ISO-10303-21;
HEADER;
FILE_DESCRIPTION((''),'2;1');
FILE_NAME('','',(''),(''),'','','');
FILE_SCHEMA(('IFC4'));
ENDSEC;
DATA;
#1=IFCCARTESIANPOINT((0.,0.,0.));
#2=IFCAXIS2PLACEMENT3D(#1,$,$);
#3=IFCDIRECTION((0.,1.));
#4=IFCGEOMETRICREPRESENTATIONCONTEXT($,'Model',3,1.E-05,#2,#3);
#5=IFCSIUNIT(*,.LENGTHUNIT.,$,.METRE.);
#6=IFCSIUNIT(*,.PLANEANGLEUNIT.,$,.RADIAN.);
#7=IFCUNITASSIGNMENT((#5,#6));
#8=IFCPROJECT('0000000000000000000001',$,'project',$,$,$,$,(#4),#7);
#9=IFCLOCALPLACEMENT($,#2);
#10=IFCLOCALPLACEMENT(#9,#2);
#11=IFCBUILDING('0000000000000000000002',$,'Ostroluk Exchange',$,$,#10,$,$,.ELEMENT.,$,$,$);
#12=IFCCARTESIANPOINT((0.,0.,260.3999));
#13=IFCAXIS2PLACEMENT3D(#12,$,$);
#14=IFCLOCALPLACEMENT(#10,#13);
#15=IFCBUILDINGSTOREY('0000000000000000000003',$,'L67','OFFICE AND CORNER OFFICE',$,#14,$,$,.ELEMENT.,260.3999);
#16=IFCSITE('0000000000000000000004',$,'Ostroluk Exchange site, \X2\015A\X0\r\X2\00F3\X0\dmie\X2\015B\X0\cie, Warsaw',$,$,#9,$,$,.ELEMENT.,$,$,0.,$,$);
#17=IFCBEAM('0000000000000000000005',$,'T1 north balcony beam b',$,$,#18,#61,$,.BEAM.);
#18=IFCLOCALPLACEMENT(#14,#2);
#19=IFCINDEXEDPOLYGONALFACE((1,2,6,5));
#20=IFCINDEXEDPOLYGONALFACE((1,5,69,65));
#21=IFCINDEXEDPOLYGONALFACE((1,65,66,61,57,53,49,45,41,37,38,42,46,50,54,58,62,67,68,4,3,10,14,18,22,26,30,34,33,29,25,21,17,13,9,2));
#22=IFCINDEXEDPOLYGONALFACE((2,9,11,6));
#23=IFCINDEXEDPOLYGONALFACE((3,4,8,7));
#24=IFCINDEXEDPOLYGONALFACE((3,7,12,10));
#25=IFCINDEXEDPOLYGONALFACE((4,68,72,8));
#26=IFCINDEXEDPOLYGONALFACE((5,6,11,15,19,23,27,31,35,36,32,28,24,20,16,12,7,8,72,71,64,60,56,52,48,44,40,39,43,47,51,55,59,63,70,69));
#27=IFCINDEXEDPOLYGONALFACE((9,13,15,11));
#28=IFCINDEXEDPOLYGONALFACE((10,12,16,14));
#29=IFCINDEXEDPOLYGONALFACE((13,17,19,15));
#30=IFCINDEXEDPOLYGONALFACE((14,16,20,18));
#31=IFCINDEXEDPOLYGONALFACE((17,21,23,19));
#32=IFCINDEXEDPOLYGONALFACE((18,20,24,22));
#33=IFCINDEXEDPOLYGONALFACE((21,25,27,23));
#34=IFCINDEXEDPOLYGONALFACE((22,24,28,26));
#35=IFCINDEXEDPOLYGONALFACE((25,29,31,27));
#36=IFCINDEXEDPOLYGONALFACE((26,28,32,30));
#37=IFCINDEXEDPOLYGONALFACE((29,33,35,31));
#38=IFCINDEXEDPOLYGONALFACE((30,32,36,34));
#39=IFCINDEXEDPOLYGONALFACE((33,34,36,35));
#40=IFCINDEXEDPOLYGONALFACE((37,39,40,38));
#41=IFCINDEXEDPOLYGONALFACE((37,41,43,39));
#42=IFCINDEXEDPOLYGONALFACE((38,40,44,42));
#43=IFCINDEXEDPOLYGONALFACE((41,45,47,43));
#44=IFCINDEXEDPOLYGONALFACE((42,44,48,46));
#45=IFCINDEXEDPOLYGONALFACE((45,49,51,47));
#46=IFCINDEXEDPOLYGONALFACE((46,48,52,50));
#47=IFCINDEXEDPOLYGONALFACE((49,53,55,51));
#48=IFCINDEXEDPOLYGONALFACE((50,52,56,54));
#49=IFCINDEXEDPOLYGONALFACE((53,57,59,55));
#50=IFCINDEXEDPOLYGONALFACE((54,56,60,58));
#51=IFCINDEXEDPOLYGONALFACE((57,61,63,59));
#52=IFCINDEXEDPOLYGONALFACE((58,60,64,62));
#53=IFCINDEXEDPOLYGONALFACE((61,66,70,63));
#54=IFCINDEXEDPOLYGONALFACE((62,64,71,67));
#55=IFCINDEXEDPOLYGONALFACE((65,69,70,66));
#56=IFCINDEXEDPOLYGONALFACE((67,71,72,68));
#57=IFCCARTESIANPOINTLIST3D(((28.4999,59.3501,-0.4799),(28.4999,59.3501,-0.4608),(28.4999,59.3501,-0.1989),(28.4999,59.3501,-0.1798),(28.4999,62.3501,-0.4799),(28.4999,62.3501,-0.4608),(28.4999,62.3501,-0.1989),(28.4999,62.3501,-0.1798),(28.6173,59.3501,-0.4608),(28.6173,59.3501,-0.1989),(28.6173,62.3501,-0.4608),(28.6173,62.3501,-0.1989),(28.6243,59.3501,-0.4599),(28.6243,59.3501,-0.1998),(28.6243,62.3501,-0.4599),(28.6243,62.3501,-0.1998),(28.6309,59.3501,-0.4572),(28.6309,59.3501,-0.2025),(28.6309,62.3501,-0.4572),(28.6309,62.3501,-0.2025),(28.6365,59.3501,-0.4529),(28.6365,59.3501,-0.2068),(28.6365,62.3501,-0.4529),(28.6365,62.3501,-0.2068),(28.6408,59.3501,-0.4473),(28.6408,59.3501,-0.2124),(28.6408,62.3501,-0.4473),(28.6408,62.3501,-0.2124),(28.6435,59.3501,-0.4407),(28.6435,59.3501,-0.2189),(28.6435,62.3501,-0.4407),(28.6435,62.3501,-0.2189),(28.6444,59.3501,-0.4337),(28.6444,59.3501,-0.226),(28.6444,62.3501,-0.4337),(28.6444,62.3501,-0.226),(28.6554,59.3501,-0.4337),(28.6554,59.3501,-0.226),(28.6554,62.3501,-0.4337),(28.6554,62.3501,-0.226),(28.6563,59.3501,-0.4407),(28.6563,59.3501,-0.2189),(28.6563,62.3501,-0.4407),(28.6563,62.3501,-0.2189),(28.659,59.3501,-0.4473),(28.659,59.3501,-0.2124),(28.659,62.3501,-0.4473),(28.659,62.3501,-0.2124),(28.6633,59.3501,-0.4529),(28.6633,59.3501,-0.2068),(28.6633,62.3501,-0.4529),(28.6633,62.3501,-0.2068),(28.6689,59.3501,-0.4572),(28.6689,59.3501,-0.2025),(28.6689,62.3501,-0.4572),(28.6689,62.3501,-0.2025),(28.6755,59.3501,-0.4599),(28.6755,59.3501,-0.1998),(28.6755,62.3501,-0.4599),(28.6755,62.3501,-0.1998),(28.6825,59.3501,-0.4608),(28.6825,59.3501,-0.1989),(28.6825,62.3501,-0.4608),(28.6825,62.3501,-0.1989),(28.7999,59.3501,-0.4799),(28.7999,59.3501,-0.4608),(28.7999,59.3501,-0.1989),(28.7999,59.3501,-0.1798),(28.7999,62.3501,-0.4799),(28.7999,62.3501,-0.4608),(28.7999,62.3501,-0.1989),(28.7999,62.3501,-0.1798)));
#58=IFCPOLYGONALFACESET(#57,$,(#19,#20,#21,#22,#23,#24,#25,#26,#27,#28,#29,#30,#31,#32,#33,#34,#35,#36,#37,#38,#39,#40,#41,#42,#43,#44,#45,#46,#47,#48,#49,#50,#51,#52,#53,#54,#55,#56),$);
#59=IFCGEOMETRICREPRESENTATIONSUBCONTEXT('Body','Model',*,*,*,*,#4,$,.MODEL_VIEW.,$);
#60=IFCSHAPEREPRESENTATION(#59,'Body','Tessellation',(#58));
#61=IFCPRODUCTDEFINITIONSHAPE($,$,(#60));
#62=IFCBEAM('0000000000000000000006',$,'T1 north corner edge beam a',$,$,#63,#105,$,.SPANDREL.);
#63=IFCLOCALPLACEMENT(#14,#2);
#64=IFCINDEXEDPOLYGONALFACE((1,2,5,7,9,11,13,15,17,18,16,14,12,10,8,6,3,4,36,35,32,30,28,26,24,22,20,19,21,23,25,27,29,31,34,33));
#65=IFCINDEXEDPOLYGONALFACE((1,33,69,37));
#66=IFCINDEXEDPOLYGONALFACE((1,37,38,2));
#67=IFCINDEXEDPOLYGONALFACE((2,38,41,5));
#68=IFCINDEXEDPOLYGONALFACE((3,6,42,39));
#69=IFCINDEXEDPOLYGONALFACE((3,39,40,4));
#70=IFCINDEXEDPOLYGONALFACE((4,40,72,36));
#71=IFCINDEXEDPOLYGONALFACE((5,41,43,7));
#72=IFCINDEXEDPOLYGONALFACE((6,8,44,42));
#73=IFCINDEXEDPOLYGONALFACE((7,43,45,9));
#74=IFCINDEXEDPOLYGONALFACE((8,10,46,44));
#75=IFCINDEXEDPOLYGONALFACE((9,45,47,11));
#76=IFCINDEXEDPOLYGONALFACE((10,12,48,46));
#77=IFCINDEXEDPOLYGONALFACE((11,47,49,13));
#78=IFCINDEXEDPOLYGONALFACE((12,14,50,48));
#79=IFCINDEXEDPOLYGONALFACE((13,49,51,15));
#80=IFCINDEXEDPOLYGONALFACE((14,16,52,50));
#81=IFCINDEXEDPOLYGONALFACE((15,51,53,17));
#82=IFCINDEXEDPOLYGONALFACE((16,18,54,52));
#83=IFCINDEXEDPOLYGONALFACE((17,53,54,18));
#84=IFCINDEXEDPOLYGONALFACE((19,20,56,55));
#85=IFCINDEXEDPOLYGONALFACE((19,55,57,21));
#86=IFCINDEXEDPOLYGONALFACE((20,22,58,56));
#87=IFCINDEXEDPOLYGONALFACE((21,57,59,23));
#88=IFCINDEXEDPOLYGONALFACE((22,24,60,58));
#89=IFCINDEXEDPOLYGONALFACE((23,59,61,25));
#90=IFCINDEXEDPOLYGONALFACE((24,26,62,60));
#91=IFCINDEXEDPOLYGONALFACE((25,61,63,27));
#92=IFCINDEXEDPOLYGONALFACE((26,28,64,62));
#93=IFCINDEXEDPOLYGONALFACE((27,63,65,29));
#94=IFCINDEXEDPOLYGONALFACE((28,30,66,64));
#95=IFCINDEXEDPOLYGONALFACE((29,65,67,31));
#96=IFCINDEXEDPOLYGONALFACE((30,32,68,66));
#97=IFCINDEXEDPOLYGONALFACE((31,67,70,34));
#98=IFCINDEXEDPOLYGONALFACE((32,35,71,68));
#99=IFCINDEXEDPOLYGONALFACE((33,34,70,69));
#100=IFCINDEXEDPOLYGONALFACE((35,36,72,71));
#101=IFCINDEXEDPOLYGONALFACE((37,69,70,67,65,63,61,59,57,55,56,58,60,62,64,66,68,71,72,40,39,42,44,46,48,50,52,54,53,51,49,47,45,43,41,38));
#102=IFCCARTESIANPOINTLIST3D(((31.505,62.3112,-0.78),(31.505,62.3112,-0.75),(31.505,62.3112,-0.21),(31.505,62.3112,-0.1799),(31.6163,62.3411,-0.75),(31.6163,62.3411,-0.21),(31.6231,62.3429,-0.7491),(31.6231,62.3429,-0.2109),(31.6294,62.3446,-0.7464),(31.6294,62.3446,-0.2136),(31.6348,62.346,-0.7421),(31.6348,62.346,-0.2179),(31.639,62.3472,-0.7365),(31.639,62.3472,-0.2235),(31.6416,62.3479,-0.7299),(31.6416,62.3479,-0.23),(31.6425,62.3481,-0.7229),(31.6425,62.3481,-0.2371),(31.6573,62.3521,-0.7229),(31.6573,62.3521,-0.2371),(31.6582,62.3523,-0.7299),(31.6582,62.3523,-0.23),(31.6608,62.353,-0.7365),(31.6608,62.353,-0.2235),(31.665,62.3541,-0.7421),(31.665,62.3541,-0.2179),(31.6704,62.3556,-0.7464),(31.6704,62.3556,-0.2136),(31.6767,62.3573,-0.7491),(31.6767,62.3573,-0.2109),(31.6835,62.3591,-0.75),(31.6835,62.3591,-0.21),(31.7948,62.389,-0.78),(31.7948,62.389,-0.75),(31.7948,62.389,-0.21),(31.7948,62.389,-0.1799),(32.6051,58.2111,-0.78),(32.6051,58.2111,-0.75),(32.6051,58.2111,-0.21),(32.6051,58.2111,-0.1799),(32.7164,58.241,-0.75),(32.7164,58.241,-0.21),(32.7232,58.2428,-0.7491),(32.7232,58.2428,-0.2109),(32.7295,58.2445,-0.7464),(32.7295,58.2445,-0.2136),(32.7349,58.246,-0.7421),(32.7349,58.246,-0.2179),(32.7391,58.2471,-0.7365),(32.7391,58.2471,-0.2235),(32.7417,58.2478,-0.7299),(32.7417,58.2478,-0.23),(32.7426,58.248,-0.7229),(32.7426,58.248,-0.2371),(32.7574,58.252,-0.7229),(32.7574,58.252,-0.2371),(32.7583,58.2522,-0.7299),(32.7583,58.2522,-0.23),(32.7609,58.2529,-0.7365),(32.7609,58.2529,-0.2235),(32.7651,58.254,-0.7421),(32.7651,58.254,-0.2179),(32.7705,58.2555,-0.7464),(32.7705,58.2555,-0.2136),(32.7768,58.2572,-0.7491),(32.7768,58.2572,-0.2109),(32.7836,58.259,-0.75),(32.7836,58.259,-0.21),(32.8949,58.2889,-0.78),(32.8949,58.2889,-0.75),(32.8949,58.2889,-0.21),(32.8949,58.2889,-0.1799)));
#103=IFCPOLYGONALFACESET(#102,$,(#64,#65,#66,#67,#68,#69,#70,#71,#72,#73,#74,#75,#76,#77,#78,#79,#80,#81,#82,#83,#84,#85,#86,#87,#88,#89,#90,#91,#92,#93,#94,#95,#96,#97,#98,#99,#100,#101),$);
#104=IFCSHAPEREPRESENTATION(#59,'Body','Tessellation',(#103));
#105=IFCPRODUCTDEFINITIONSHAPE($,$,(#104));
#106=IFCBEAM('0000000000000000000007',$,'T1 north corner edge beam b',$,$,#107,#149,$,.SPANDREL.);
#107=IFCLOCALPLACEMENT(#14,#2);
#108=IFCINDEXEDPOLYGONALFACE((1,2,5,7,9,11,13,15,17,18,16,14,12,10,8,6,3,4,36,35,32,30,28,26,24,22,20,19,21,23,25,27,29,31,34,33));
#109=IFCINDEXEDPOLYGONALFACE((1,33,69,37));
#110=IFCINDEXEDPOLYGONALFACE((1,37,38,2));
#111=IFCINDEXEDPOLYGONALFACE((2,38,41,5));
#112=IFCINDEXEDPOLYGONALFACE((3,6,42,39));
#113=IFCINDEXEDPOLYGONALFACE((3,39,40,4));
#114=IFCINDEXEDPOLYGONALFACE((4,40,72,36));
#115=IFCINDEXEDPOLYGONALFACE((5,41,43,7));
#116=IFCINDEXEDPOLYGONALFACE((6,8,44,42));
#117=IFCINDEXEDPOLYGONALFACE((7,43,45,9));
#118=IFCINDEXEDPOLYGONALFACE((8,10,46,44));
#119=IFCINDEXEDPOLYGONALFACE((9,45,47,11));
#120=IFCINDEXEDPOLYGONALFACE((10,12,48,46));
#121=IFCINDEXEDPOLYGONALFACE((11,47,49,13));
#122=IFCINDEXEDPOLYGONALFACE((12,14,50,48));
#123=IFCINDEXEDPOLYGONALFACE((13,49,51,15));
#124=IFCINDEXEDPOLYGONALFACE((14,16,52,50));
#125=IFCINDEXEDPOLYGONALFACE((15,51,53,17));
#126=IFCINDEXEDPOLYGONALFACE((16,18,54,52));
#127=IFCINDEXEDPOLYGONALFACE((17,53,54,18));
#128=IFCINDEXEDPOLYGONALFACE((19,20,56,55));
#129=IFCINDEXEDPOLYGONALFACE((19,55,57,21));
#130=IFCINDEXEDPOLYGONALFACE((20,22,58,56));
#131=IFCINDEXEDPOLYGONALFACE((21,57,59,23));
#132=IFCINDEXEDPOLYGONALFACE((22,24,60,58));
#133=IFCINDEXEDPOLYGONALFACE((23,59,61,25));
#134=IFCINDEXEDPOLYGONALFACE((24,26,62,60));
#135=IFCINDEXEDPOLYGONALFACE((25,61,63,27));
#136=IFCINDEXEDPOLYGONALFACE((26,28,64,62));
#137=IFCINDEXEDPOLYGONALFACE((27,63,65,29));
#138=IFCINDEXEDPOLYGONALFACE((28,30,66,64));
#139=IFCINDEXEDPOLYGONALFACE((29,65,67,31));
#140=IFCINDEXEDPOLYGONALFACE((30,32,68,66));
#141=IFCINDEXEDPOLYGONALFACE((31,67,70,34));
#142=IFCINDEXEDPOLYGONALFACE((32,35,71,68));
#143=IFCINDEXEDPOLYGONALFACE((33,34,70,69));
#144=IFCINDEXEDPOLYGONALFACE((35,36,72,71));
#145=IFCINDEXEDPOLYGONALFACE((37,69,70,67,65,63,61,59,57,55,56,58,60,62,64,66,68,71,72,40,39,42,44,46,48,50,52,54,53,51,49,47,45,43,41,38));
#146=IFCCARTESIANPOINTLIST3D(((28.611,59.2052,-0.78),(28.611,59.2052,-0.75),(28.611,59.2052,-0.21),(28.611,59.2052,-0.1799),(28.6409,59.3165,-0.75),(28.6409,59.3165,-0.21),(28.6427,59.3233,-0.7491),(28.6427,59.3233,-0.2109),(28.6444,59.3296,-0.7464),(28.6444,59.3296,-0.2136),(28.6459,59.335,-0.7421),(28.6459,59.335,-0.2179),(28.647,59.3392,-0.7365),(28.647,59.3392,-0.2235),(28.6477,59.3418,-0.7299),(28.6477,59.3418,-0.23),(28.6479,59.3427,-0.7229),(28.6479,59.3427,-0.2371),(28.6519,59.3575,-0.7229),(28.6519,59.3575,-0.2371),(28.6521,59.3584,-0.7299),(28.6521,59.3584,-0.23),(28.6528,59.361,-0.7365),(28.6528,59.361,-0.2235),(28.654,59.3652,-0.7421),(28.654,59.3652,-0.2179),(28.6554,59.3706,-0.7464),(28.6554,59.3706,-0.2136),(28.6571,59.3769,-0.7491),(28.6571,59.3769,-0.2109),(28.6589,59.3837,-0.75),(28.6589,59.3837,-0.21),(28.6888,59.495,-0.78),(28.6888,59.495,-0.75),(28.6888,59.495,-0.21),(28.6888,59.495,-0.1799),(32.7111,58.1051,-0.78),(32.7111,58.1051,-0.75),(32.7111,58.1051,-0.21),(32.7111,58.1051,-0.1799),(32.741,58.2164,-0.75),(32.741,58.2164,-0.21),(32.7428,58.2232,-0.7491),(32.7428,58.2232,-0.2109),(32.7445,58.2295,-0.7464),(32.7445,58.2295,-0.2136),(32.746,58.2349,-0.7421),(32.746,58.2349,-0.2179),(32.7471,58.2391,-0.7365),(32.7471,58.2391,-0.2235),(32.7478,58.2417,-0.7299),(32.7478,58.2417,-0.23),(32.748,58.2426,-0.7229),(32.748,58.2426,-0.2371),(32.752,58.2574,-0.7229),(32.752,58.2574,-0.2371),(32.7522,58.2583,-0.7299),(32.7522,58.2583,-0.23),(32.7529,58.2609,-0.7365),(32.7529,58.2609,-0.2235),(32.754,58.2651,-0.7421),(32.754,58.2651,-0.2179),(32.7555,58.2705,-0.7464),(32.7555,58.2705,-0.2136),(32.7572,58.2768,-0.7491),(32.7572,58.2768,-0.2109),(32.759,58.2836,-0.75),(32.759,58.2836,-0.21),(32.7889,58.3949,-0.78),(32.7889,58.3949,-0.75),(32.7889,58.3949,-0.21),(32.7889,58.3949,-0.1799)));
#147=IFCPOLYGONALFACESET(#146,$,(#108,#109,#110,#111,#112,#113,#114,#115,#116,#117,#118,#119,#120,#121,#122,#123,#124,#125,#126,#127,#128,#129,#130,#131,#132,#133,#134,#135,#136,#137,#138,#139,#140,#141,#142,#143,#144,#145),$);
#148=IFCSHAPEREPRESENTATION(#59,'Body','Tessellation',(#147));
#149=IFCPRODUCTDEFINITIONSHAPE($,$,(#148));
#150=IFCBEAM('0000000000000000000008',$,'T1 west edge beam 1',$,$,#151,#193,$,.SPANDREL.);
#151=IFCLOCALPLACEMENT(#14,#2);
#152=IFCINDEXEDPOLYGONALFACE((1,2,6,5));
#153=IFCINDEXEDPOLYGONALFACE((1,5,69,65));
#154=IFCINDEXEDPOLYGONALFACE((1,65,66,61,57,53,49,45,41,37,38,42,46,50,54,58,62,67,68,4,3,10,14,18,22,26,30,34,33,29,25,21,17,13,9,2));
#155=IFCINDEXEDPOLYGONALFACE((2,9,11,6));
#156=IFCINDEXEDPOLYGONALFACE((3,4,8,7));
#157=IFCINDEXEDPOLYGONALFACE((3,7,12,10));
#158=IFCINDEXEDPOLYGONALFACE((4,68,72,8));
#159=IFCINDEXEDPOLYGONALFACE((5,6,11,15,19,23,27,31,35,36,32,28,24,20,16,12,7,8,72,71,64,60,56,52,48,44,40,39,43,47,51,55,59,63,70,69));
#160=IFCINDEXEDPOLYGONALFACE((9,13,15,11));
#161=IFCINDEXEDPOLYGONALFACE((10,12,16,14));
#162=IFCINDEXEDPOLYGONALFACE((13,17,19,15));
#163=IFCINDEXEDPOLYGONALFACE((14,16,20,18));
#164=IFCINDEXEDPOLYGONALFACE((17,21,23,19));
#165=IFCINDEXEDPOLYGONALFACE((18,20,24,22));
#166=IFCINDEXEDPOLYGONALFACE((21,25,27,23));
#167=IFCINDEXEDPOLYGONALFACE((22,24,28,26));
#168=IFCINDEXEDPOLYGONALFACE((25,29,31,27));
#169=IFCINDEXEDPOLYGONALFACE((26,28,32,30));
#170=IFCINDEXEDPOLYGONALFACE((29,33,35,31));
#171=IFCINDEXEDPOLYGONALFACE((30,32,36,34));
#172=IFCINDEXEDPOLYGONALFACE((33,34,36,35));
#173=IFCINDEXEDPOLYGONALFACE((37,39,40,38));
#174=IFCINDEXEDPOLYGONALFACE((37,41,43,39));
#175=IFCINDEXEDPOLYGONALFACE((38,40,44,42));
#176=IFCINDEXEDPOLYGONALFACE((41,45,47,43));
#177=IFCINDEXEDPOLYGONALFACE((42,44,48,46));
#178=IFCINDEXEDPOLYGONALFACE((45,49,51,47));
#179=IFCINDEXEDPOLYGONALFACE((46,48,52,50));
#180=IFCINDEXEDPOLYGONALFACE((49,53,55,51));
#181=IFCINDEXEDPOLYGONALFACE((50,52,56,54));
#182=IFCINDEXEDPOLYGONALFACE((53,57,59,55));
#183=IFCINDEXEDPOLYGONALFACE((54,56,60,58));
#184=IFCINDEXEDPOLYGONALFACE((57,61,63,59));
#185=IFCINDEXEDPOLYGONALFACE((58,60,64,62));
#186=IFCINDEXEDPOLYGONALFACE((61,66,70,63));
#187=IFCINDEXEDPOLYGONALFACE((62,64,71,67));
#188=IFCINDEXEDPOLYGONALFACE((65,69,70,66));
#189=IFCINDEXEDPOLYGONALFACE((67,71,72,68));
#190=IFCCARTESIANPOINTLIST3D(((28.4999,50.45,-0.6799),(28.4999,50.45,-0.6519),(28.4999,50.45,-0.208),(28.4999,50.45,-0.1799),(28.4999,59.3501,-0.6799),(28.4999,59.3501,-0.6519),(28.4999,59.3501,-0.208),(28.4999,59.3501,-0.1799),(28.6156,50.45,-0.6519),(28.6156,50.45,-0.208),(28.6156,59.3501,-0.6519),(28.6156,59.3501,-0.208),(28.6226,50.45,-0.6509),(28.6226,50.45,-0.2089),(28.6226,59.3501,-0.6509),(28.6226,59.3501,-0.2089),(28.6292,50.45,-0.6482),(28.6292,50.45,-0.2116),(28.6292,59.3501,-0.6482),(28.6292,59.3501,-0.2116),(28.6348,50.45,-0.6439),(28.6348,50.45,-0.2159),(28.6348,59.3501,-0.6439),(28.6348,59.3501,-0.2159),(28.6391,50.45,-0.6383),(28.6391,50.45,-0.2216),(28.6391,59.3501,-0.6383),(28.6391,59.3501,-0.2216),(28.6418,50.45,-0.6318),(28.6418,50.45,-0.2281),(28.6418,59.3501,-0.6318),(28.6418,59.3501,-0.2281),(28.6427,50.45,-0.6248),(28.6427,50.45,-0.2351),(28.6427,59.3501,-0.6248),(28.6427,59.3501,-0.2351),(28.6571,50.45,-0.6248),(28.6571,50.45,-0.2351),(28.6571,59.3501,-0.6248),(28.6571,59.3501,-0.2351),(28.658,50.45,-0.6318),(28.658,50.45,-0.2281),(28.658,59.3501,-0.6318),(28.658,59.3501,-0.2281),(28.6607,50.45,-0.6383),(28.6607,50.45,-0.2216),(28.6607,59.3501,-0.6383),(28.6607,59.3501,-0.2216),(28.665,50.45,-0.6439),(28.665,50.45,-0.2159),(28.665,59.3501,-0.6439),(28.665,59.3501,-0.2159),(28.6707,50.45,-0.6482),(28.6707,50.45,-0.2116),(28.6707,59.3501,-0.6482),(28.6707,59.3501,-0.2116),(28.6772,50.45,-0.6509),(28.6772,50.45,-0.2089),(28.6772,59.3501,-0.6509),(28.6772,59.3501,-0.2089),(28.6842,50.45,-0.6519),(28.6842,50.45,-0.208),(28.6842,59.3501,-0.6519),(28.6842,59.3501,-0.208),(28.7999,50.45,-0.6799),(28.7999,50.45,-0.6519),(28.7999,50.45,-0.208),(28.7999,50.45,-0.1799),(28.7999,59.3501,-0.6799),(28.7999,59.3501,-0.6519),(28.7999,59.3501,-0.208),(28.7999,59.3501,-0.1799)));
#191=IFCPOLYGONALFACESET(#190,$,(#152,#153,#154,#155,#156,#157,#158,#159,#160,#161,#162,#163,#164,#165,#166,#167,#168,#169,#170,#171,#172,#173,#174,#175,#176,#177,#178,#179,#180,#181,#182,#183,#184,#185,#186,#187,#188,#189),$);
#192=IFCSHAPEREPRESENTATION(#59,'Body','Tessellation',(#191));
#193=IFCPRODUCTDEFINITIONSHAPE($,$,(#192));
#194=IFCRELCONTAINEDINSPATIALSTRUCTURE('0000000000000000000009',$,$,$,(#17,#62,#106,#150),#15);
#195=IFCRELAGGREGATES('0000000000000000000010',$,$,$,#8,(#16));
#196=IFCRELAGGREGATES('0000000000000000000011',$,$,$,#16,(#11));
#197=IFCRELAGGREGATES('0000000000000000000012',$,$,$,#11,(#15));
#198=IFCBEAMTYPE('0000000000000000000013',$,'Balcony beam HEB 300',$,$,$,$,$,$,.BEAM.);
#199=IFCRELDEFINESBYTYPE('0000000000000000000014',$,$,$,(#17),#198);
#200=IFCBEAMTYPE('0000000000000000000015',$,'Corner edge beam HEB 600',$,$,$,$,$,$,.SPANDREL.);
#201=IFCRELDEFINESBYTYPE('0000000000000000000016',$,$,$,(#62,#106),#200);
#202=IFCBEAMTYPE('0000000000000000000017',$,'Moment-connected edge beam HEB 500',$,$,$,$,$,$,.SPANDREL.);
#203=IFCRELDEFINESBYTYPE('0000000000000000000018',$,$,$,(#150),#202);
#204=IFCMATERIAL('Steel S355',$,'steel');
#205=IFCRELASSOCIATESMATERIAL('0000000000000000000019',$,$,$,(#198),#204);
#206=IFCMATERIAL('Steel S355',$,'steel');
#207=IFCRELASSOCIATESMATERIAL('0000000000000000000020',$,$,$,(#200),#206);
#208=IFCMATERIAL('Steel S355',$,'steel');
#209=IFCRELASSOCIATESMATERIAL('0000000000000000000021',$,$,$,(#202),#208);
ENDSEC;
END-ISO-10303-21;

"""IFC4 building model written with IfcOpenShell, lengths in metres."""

from ifc_helpers import new_model, si_unit, direction, frame, origin, origin_2d, place, context, subcontext, project, spatial, i_section, extrude, material, material_profile, profile_set, type_object, element, save


model = new_model("IFC4")

# Units and contexts
model_context = context("Model", 3, precision=1e-05, world=origin(), true_north=direction((0.0, 1.0)))
body_context = subcontext(model_context, "Body", "Model", "MODEL_VIEW")
ifc_project = project(units=[si_unit("LENGTHUNIT", "METRE"), si_unit("PLANEANGLEUNIT", "RADIAN")], contexts=[model_context])

# Site, building, storey
site_placement = place(None, origin())
site = spatial("IfcSite", under=ifc_project, at=site_placement, Name="Ostroluk Exchange site, Śródmieście, Warsaw", CompositionType="ELEMENT", RefElevation=0.0)
building_placement = place(site_placement, origin())
building = spatial("IfcBuilding", under=site, at=building_placement, Name="Ostroluk Exchange", CompositionType="ELEMENT")
storey_placement = place(building_placement, frame((0.0, 0.0, 260.3999)))
storey = spatial("IfcBuildingStorey", under=building, at=storey_placement, Name="L67", Description="OFFICE AND CORNER OFFICE", CompositionType="ELEMENT", Elevation=260.3999)

# Beams
ifc_material_1 = material(Name="Steel S355", Category="steel")
ifc_material_profile_1 = material_profile(ifc_material_1, i_section(OverallWidth=0.3, OverallDepth=0.3, WebThickness=0.011, FlangeThickness=0.019, FilletRadius=0.0271, at=origin_2d()), Name="HEB 300")
ifc_profile_set_1 = profile_set([ifc_material_profile_1], Name="Steel S355")
beam_type_1 = type_object("IfcBeamType", Name="Balcony beam HEB 300", PredefinedType="BEAM", material=ifc_profile_set_1)
for number, where, z_axis, x_axis, name in (
    (1, (28.6499, 59.3501, -0.3298), (0.0, 1.0, 0.0), (-1.0, 0.0, 0.0), "T1 north balcony beam b"),
):
    element("IfcBeam", number, at=place(storey_placement, frame(where, z_axis=z_axis, x_axis=x_axis)), inside=storey, type_object=beam_type_1, Name=name, PredefinedType="BEAM", context=body_context, shape_type="SweptSolid", body=[
        extrude(i_section(OverallWidth=0.3, OverallDepth=0.3, WebThickness=0.011, FlangeThickness=0.019, FilletRadius=0.0271, at=origin_2d()), origin(), (0.0, 0.0, 1.0), 3.0),
    ])
ifc_material_2 = material(Name="Steel S355", Category="steel")
ifc_material_profile_2 = material_profile(ifc_material_2, i_section(OverallWidth=0.3, OverallDepth=0.6001, WebThickness=0.0154, FlangeThickness=0.03, FilletRadius=0.0271, at=origin_2d()), Name="HEB 600")
ifc_profile_set_2 = profile_set([ifc_material_profile_2], Name="Steel S355")
beam_type_2 = type_object("IfcBeamType", Name="Corner edge beam HEB 600", PredefinedType="SPANDREL", material=ifc_profile_set_2)
for number, where, z_axis, x_axis, name in (
    (2, (32.75, 58.25, -0.48), (-0.259144, 0.965839, 0.0), (-0.965839, -0.259144, 0.0), "T1 north corner edge beam a"),
    (3, (32.75, 58.25, -0.48), (-0.965839, 0.259144, 0.0), (-0.259144, -0.965839, 0.0), "T1 north corner edge beam b"),
):
    element("IfcBeam", number, at=place(storey_placement, frame(where, z_axis=z_axis, x_axis=x_axis)), inside=storey, type_object=beam_type_2, Name=name, PredefinedType="SPANDREL", context=body_context, shape_type="SweptSolid", body=[
        extrude(i_section(OverallWidth=0.3, OverallDepth=0.6001, WebThickness=0.0154, FlangeThickness=0.03, FilletRadius=0.0271, at=origin_2d()), origin(), (0.0, 0.0, 1.0), 4.2451),
    ])
ifc_material_3 = material(Name="Steel S355", Category="steel")
ifc_material_profile_3 = material_profile(ifc_material_3, i_section(OverallWidth=0.3, OverallDepth=0.5, WebThickness=0.0144, FlangeThickness=0.0281, FilletRadius=0.0271, at=origin_2d()), Name="HEB 500")
ifc_profile_set_3 = profile_set([ifc_material_profile_3], Name="Steel S355")
beam_type_3 = type_object("IfcBeamType", Name="Moment-connected edge beam HEB 500", PredefinedType="SPANDREL", material=ifc_profile_set_3)
beam_placement = place(storey_placement, frame((28.6499, 59.3501, -0.4299), z_axis=(0.0, -1.0, 0.0), x_axis=(1.0, 0.0, 0.0)))
element("IfcBeam", 4, at=beam_placement, inside=storey, type_object=beam_type_3, Name="T1 west edge beam 1", PredefinedType="SPANDREL", context=body_context, shape_type="SweptSolid", body=[
    extrude(i_section(OverallWidth=0.3, OverallDepth=0.5, WebThickness=0.0144, FlangeThickness=0.0281, FilletRadius=0.0271, at=origin_2d()), origin(), (0.0, 0.0, 1.0), 8.9001),
])

save(model, "model.ifc")
